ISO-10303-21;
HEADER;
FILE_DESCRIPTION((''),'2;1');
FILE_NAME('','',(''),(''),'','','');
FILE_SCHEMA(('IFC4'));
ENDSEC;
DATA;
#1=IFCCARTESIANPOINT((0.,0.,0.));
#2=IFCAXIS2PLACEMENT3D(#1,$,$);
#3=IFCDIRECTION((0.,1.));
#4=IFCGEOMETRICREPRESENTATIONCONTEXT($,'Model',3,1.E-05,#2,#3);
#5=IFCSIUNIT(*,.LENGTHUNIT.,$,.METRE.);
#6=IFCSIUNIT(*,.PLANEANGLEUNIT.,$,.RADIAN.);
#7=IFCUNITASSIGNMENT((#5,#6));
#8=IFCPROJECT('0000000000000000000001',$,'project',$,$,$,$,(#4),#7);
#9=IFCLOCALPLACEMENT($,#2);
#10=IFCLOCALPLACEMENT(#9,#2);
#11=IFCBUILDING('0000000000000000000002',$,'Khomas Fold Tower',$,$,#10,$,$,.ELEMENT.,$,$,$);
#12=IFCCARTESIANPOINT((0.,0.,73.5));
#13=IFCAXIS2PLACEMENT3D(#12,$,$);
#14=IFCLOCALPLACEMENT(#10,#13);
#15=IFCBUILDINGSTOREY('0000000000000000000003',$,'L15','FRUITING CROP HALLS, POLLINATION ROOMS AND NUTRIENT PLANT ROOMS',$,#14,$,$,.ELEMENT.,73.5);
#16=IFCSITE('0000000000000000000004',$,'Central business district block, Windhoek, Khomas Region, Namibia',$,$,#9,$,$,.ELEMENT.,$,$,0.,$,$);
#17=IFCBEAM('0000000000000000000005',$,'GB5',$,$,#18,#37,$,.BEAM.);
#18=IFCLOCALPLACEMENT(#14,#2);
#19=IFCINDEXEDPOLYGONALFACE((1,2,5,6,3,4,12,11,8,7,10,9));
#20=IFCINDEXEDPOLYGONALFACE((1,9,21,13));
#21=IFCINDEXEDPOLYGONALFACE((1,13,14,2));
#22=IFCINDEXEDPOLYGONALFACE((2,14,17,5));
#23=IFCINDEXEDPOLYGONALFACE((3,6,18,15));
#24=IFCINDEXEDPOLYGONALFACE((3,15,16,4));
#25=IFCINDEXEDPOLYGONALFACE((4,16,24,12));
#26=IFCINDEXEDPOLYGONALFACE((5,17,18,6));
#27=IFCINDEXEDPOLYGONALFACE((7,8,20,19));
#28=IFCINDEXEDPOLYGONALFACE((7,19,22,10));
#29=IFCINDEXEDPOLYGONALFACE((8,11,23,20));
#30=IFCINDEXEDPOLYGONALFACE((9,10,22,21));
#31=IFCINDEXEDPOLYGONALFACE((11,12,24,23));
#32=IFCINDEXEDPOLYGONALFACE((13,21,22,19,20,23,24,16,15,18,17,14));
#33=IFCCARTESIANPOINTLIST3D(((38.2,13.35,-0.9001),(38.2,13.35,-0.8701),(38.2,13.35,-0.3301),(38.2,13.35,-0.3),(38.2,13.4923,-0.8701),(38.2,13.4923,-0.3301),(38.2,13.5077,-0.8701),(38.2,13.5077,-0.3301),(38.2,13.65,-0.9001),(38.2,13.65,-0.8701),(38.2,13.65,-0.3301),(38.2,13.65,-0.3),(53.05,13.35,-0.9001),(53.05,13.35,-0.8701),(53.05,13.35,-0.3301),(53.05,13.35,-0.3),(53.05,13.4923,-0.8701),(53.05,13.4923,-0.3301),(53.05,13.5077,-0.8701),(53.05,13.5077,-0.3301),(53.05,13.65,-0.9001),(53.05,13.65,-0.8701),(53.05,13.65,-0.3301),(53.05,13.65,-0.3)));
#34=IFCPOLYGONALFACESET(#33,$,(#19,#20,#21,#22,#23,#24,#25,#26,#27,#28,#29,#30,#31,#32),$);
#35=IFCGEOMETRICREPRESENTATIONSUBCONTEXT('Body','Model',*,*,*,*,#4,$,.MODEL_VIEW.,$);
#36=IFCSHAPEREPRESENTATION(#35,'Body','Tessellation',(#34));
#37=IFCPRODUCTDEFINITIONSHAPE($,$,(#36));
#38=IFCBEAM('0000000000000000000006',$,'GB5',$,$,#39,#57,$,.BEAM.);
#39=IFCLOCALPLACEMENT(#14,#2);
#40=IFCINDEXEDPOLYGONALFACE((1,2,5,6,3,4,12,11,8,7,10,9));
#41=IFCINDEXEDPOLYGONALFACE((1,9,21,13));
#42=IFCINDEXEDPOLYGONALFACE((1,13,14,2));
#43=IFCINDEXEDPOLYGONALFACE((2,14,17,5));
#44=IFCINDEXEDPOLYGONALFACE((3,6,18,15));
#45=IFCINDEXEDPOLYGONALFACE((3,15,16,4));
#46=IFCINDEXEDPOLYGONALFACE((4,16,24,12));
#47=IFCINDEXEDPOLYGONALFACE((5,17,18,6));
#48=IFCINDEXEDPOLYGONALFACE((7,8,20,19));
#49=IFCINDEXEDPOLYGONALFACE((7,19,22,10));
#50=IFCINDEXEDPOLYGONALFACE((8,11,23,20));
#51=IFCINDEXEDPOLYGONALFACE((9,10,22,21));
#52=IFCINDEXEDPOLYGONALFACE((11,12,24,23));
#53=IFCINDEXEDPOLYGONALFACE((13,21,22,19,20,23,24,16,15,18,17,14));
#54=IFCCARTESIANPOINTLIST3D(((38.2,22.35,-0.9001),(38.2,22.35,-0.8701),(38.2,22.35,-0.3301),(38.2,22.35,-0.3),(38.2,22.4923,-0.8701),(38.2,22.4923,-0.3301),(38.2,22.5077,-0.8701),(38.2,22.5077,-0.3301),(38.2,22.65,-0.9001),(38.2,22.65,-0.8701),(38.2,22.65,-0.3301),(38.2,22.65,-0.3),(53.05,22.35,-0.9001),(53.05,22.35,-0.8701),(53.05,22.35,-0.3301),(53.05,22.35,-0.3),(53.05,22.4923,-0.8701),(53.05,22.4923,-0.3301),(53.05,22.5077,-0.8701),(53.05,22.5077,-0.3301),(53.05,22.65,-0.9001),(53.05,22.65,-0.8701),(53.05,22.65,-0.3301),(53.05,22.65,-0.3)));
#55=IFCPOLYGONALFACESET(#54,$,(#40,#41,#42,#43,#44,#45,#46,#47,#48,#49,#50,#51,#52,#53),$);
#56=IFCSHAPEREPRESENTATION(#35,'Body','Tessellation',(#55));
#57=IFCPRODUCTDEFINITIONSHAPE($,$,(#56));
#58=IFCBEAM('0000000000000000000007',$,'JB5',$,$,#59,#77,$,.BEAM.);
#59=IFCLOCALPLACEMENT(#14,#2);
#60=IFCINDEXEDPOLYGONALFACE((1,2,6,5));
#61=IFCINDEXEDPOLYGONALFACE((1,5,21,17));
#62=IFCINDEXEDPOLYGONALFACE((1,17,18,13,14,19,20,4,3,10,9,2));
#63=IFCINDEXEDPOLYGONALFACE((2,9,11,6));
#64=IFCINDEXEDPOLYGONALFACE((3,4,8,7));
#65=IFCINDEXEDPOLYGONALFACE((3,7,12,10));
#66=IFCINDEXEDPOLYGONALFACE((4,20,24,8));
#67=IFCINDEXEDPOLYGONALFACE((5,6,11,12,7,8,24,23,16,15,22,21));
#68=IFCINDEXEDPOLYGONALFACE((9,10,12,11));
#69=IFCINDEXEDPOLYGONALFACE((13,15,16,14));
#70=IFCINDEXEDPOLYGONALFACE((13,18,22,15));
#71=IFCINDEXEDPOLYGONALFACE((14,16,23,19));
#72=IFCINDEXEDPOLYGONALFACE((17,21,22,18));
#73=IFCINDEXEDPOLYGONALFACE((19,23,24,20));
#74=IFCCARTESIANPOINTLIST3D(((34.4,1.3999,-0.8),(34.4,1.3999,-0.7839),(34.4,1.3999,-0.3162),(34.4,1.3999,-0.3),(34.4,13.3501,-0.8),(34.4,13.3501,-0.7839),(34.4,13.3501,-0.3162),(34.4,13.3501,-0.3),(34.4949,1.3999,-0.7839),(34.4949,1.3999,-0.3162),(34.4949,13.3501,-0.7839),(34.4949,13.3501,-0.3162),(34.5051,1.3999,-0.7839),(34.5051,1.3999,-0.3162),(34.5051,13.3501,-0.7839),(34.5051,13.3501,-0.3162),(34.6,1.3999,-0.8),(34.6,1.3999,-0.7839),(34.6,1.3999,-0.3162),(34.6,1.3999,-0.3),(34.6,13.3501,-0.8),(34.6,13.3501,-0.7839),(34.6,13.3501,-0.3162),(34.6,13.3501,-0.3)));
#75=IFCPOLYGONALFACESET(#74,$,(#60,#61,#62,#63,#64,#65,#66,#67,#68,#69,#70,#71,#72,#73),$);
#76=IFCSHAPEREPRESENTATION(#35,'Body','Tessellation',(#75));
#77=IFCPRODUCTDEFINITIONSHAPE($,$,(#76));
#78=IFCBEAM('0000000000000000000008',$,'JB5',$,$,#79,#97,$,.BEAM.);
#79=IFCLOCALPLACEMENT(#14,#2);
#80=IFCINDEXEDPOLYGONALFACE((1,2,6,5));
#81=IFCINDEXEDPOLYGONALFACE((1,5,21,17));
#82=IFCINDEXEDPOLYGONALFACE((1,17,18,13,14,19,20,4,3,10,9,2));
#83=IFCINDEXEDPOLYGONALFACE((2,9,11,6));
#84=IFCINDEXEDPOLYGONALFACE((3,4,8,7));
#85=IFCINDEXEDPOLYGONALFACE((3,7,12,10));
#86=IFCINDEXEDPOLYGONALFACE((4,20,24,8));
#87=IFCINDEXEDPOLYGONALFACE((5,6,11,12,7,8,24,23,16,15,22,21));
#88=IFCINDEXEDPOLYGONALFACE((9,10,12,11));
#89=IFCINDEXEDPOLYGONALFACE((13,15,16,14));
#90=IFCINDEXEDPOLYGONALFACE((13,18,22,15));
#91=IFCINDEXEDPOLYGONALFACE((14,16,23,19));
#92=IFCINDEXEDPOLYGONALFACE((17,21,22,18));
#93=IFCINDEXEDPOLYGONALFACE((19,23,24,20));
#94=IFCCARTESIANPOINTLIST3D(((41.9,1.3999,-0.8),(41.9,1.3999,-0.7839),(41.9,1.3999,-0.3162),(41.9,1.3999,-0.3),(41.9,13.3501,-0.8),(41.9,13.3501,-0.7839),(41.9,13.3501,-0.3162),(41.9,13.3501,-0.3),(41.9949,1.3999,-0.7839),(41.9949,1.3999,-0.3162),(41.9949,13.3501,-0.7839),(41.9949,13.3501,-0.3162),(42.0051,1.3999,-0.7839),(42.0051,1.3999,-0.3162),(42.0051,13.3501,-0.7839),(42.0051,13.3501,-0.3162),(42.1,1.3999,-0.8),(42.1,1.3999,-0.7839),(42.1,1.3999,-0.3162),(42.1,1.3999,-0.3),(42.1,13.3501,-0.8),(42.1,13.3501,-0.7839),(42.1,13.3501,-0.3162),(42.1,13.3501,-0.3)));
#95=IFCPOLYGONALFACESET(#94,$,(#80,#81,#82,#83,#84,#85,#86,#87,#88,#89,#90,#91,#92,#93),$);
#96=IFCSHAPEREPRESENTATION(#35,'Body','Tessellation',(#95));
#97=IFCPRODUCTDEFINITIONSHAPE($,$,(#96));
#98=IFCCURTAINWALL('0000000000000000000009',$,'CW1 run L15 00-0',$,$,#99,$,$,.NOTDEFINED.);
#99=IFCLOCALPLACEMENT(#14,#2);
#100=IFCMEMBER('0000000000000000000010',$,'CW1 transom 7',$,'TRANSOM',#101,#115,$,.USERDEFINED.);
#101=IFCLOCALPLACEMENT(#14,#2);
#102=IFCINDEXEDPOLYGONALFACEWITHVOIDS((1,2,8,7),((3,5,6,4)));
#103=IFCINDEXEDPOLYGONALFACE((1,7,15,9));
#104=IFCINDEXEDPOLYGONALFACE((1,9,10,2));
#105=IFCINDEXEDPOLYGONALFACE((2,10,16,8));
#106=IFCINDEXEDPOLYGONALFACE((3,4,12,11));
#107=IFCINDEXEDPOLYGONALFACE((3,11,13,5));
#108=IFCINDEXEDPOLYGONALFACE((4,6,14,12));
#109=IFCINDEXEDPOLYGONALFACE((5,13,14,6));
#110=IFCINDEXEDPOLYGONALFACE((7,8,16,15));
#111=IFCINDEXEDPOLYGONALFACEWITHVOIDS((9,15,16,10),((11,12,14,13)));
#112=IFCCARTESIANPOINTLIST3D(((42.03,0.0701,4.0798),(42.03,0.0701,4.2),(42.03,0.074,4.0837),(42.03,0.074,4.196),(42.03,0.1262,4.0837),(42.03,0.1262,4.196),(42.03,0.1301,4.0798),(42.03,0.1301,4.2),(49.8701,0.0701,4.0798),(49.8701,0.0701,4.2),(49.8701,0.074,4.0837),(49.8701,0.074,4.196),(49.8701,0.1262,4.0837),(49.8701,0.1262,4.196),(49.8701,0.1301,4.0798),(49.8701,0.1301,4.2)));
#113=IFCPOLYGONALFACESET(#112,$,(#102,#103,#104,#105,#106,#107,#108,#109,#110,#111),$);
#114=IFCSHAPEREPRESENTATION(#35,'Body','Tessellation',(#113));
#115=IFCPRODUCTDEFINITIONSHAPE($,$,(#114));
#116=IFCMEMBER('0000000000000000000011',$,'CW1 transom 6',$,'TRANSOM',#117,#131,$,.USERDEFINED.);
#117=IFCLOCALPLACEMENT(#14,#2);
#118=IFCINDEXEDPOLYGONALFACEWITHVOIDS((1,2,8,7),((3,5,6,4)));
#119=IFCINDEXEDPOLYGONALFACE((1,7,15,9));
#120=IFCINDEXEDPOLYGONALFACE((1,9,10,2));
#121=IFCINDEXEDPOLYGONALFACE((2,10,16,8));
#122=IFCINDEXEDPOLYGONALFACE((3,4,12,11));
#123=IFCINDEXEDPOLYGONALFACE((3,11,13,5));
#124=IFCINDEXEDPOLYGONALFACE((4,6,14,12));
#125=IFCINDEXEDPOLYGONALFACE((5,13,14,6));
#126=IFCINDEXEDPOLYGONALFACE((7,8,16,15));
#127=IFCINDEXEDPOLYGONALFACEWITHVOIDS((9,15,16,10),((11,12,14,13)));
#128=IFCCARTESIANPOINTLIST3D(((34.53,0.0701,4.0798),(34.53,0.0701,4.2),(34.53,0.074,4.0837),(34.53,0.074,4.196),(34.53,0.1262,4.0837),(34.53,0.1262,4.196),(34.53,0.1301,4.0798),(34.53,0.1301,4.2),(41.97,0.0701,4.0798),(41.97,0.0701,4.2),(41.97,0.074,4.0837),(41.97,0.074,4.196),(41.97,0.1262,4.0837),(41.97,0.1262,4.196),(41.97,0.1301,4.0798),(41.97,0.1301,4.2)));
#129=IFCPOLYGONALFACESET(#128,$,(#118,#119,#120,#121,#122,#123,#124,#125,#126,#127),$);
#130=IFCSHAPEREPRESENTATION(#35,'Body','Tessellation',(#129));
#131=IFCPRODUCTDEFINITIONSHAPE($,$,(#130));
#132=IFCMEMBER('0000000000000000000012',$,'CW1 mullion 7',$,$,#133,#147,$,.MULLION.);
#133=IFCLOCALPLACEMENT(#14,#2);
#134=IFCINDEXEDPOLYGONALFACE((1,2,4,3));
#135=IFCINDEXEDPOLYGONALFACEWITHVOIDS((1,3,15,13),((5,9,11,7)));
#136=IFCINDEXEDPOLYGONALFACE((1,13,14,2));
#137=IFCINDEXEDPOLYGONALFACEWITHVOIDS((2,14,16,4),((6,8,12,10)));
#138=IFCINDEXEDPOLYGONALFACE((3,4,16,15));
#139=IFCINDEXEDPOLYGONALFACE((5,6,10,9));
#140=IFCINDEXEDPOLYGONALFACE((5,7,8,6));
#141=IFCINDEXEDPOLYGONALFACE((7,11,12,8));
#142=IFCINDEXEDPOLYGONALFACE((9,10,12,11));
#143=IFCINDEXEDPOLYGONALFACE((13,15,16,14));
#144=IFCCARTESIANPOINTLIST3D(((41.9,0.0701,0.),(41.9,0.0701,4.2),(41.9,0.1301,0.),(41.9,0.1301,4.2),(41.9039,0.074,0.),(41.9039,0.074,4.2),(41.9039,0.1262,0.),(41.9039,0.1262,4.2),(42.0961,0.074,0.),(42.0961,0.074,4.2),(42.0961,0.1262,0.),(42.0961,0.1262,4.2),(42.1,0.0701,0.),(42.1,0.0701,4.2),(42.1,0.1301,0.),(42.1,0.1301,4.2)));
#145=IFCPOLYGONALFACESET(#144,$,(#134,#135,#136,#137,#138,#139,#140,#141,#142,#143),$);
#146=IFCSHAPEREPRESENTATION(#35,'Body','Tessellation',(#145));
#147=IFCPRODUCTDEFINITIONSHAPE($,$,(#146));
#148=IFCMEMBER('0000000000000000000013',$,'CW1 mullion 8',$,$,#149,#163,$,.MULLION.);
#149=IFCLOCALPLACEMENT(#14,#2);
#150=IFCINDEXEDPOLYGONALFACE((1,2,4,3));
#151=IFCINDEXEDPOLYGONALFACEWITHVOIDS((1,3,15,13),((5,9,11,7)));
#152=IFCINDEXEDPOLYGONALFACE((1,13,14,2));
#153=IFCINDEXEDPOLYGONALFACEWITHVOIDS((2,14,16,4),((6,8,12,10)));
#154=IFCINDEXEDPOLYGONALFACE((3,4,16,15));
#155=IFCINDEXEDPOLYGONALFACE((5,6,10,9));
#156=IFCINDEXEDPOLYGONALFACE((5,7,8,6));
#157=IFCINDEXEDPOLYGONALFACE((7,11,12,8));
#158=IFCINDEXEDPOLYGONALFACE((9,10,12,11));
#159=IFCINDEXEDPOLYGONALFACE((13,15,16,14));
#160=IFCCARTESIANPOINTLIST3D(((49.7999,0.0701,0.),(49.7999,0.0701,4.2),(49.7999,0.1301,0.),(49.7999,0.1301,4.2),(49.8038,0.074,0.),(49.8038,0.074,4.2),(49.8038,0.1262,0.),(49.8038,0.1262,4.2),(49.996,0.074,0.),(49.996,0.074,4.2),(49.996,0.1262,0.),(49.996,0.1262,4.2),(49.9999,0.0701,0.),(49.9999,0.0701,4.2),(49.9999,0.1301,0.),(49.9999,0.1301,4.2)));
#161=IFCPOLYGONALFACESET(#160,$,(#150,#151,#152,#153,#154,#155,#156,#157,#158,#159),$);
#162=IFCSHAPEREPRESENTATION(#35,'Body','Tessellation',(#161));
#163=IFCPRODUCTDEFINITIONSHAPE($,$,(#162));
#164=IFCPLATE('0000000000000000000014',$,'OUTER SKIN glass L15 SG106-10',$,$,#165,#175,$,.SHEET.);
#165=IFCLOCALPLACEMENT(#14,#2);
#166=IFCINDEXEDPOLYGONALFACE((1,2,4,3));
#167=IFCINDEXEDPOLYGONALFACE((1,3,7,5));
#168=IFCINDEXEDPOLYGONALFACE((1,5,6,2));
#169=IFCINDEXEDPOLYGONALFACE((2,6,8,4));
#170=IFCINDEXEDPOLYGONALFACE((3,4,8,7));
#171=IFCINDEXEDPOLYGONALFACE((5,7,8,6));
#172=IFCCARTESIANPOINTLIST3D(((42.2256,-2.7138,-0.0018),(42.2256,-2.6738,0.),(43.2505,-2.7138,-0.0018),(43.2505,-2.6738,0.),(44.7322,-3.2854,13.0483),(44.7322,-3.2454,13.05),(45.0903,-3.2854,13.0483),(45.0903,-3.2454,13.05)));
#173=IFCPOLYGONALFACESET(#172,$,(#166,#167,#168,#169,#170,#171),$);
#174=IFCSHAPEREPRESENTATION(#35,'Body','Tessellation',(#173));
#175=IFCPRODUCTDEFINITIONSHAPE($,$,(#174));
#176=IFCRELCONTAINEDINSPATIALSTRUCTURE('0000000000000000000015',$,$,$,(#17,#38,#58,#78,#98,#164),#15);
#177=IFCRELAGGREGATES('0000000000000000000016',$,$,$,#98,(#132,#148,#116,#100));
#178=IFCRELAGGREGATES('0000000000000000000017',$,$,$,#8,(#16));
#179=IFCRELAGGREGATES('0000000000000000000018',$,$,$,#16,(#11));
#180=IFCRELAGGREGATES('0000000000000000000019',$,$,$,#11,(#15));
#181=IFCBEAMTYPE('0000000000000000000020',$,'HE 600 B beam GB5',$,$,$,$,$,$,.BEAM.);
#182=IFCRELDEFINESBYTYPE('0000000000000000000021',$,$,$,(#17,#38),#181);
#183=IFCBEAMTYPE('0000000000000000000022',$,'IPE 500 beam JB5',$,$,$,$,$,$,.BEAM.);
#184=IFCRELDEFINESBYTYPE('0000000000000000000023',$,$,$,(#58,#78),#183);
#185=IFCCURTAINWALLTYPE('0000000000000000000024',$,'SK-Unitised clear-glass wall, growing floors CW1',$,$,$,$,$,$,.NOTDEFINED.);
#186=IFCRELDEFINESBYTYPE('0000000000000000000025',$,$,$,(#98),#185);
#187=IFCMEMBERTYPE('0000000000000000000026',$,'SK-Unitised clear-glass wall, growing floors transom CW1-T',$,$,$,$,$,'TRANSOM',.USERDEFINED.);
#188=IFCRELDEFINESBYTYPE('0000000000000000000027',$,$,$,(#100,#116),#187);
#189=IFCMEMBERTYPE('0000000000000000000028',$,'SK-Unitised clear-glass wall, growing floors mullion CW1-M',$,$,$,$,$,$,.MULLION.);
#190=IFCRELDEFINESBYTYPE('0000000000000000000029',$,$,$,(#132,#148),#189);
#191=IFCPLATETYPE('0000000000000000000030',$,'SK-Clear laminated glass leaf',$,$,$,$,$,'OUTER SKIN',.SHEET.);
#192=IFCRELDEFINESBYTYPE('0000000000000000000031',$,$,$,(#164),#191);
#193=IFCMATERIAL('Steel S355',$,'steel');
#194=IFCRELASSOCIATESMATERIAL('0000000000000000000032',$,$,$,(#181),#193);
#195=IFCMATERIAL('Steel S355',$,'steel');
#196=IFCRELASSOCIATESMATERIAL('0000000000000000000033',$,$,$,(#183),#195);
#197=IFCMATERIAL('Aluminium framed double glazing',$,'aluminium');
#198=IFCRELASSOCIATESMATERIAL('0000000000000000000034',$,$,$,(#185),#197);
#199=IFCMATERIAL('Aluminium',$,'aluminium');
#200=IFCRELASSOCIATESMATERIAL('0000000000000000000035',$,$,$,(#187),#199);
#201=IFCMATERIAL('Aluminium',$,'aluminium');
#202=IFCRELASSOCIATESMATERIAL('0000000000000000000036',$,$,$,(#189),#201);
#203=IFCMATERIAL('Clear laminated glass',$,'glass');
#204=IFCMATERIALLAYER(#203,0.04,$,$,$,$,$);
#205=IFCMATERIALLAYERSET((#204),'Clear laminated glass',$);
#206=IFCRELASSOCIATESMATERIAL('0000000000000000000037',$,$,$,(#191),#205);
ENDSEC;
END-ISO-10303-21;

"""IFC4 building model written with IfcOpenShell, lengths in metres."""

from ifc_helpers import new_model, si_unit, direction, frame, origin, origin_2d, place, context, subcontext, project, spatial, polyline, hollow_rectangle, i_section, outline, extrude, source, transform, mapped, material, layer, layer_set, material_profile, profile_set, type_object, element, aggregate, save


model = new_model("IFC4")

# Units and contexts
model_context = context("Model", 3, precision=1e-05, world=origin(), true_north=direction((0.0, 1.0)))
body_context = subcontext(model_context, "Body", "Model", "MODEL_VIEW")
ifc_project = project(units=[si_unit("LENGTHUNIT", "METRE"), si_unit("PLANEANGLEUNIT", "RADIAN")], contexts=[model_context])

# Site, building, storey
site_placement = place(None, origin())
site = spatial("IfcSite", under=ifc_project, at=site_placement, Name="Central business district block, Windhoek, Khomas Region, Namibia", CompositionType="ELEMENT", RefElevation=0.0)
building_placement = place(site_placement, origin())
building = spatial("IfcBuilding", under=site, at=building_placement, Name="Khomas Fold Tower", CompositionType="ELEMENT")
storey_placement = place(building_placement, frame((0.0, 0.0, 73.5)))
storey = spatial("IfcBuildingStorey", under=building, at=storey_placement, Name="L15", Description="FRUITING CROP HALLS, POLLINATION ROOMS AND NUTRIENT PLANT ROOMS", CompositionType="ELEMENT", Elevation=73.5)

# Beams
ifc_material_1 = material(Name="Steel S355", Category="steel")
ifc_material_profile_1 = material_profile(ifc_material_1, i_section(OverallWidth=0.3, OverallDepth=0.6001, WebThickness=0.0154, FlangeThickness=0.03, at=origin_2d()), Name="HE 600 B")
ifc_profile_set_1 = profile_set([ifc_material_profile_1], Name="Steel S355")
beam_type_1 = type_object("IfcBeamType", Name="HE 600 B beam GB5", PredefinedType="BEAM", material=ifc_profile_set_1)
shared_shape_1 = source(origin(), body_context, "Body", "SweptSolid", [
    extrude(i_section(OverallWidth=0.3, OverallDepth=0.6001, WebThickness=0.0154, FlangeThickness=0.03, at=origin_2d()), origin(), (0.0, 0.0, 1.0), 14.8501),
])
for number, where, z_axis, x_axis, name in (
    (1, (38.2, 13.5, -0.6001), (1.0, 0.0, 0.0), (0.0, 1.0, 0.0), "GB5"),
    (2, (38.2, 22.5, -0.6001), (1.0, 0.0, 0.0), (0.0, 1.0, 0.0), "GB5"),
):
    element("IfcBeam", number, at=place(storey_placement, frame(where, z_axis=z_axis, x_axis=x_axis)), inside=storey, type_object=beam_type_1, Name=name, PredefinedType="BEAM", context=body_context, shape_type="MappedRepresentation", body=[
        mapped(shared_shape_1, transform((0.0, 0.0, 0.0))),
    ])
ifc_material_2 = material(Name="Steel S355", Category="steel")
ifc_material_profile_2 = material_profile(ifc_material_2, i_section(OverallWidth=0.2, OverallDepth=0.5, WebThickness=0.0103, FlangeThickness=0.0161, at=origin_2d()), Name="IPE 500")
ifc_profile_set_2 = profile_set([ifc_material_profile_2], Name="Steel S355")
beam_type_2 = type_object("IfcBeamType", Name="IPE 500 beam JB5", PredefinedType="BEAM", material=ifc_profile_set_2)
shared_shape_2 = source(origin(), body_context, "Body", "SweptSolid", [
    extrude(i_section(OverallWidth=0.2, OverallDepth=0.5, WebThickness=0.0103, FlangeThickness=0.0161, at=origin_2d()), origin(), (0.0, 0.0, 1.0), 11.9502),
])
for number, where, z_axis, x_axis, name in (
    (3, (34.5, 1.3999, -0.55), (0.0, 1.0, 0.0), (-1.0, 0.0, 0.0), "JB5"),
    (4, (42.0, 1.3999, -0.55), (0.0, 1.0, 0.0), (-1.0, 0.0, 0.0), "JB5"),
):
    element("IfcBeam", number, at=place(storey_placement, frame(where, z_axis=z_axis, x_axis=x_axis)), inside=storey, type_object=beam_type_2, Name=name, PredefinedType="BEAM", context=body_context, shape_type="MappedRepresentation", body=[
        mapped(shared_shape_2, transform((0.0, 0.0, 0.0))),
    ])

# Curtain wall, members
ifc_material_3 = material(Name="Aluminium framed double glazing", Category="aluminium")
curtain_wall_type = type_object("IfcCurtainWallType", Name="SK-Unitised clear-glass wall, growing floors CW1", PredefinedType="NOTDEFINED", material=ifc_material_3)
curtain_wall_placement = place(storey_placement, origin())
curtain_wall = element("IfcCurtainWall", 5, at=curtain_wall_placement, inside=storey, type_object=curtain_wall_type, Name="CW1 run L15 00-0", PredefinedType="NOTDEFINED")
ifc_material_4 = material(Name="Aluminium", Category="aluminium")
ifc_material_profile_3 = material_profile(ifc_material_4, hollow_rectangle(XDim=0.0601, YDim=0.1201, WallThickness=0.0039, at=origin_2d()), Name="SK-Unitised clear-glass wall, growing floors transom CW1-T")
ifc_profile_set_3 = profile_set([ifc_material_profile_3], Name="Aluminium")
member_type_1 = type_object("IfcMemberType", Name="SK-Unitised clear-glass wall, growing floors transom CW1-T", ElementType="TRANSOM", PredefinedType="USERDEFINED", material=ifc_profile_set_3)
shared_shape_3 = source(origin(), body_context, "Body", "SweptSolid", [
    extrude(hollow_rectangle(XDim=0.0601, YDim=0.1201, WallThickness=0.0039, at=origin_2d()), origin(), (0.0, 0.0, 1.0), 7.8401),
])
member_1_placement = place(storey_placement, frame((42.03, 0.1001, 4.1399), z_axis=(1.0, 0.0, 0.0), x_axis=(0.0, 1.0, 0.0)))
member_1 = element("IfcMember", 6, at=member_1_placement, type_object=member_type_1, Name="CW1 transom 7", ObjectType="TRANSOM", PredefinedType="USERDEFINED", context=body_context, shape_type="MappedRepresentation", body=[
    mapped(shared_shape_3, transform((0.0, 0.0, 0.0))),
])
shared_shape_4 = source(origin(), body_context, "Body", "SweptSolid", [
    extrude(hollow_rectangle(XDim=0.0601, YDim=0.1201, WallThickness=0.0039, at=origin_2d()), origin(), (0.0, 0.0, 1.0), 7.4399),
])
member_2_placement = place(storey_placement, frame((34.53, 0.1001, 4.1399), z_axis=(1.0, 0.0, 0.0), x_axis=(0.0, 1.0, 0.0)))
member_2 = element("IfcMember", 7, at=member_2_placement, type_object=member_type_1, Name="CW1 transom 6", ObjectType="TRANSOM", PredefinedType="USERDEFINED", context=body_context, shape_type="MappedRepresentation", body=[
    mapped(shared_shape_4, transform((0.0, 0.0, 0.0))),
])
ifc_material_5 = material(Name="Aluminium", Category="aluminium")
ifc_material_profile_4 = material_profile(ifc_material_5, hollow_rectangle(XDim=0.0601, YDim=0.2, WallThickness=0.0039, at=origin_2d()), Name="SK-Unitised clear-glass wall, growing floors mullion CW1-M")
ifc_profile_set_4 = profile_set([ifc_material_profile_4], Name="Aluminium")
member_type_2 = type_object("IfcMemberType", Name="SK-Unitised clear-glass wall, growing floors mullion CW1-M", PredefinedType="MULLION", material=ifc_profile_set_4)
shared_shape_5 = source(origin(), body_context, "Body", "SweptSolid", [
    extrude(hollow_rectangle(XDim=0.0601, YDim=0.2, WallThickness=0.0039, at=origin_2d()), origin(), (0.0, 0.0, 1.0), 4.2),
])
member_3_placement = place(storey_placement, frame((42.0, 0.1001, 0.0), z_axis=(0.0, 0.0, 1.0), x_axis=(0.0, 1.0, 0.0)))
member_3 = element("IfcMember", 8, at=member_3_placement, type_object=member_type_2, Name="CW1 mullion 7", PredefinedType="MULLION", context=body_context, shape_type="MappedRepresentation", body=[
    mapped(shared_shape_5, transform((0.0, 0.0, 0.0))),
])
member_4_placement = place(storey_placement, frame((49.8999, 0.1001, 0.0), z_axis=(0.0, 0.0, 1.0), x_axis=(0.0, 1.0, 0.0)))
member_4 = element("IfcMember", 9, at=member_4_placement, type_object=member_type_2, Name="CW1 mullion 8", PredefinedType="MULLION", context=body_context, shape_type="MappedRepresentation", body=[
    mapped(shared_shape_5, transform((0.0, 0.0, 0.0))),
])

# Plate
ifc_material_6 = material(Name="Clear laminated glass", Category="glass")
ifc_layer_1 = layer(ifc_material_6, 0.04)
ifc_layer_set_1 = layer_set([ifc_layer_1], Name="Clear laminated glass")
plate_type_1 = type_object("IfcPlateType", Name="SK-Clear laminated glass leaf", ElementType="OUTER SKIN", PredefinedType="SHEET", material=ifc_layer_set_1)
plate_1_placement = place(storey_placement, frame((43.2505, -2.6738, 0.0), z_axis=(0.0, 0.999042, 0.043754), x_axis=(-1.0, 0.0, 0.0)))
element("IfcPlate", 10, at=plate_1_placement, inside=storey, type_object=plate_type_1, Name="OUTER SKIN glass L15 SG106-10", PredefinedType="SHEET", context=body_context, shape_type="SweptSolid", body=[
    extrude(outline(polyline([(0.0, 0.0), (1.0249, 0.0), (-1.4817, 13.0626), (-1.8398, 13.0626), (0.0, 0.0)])), origin(), (0.0, 0.0, -1.0), 0.04),
])

aggregate(curtain_wall, [member_3, member_4, member_2, member_1])

save(model, "model.ifc")
